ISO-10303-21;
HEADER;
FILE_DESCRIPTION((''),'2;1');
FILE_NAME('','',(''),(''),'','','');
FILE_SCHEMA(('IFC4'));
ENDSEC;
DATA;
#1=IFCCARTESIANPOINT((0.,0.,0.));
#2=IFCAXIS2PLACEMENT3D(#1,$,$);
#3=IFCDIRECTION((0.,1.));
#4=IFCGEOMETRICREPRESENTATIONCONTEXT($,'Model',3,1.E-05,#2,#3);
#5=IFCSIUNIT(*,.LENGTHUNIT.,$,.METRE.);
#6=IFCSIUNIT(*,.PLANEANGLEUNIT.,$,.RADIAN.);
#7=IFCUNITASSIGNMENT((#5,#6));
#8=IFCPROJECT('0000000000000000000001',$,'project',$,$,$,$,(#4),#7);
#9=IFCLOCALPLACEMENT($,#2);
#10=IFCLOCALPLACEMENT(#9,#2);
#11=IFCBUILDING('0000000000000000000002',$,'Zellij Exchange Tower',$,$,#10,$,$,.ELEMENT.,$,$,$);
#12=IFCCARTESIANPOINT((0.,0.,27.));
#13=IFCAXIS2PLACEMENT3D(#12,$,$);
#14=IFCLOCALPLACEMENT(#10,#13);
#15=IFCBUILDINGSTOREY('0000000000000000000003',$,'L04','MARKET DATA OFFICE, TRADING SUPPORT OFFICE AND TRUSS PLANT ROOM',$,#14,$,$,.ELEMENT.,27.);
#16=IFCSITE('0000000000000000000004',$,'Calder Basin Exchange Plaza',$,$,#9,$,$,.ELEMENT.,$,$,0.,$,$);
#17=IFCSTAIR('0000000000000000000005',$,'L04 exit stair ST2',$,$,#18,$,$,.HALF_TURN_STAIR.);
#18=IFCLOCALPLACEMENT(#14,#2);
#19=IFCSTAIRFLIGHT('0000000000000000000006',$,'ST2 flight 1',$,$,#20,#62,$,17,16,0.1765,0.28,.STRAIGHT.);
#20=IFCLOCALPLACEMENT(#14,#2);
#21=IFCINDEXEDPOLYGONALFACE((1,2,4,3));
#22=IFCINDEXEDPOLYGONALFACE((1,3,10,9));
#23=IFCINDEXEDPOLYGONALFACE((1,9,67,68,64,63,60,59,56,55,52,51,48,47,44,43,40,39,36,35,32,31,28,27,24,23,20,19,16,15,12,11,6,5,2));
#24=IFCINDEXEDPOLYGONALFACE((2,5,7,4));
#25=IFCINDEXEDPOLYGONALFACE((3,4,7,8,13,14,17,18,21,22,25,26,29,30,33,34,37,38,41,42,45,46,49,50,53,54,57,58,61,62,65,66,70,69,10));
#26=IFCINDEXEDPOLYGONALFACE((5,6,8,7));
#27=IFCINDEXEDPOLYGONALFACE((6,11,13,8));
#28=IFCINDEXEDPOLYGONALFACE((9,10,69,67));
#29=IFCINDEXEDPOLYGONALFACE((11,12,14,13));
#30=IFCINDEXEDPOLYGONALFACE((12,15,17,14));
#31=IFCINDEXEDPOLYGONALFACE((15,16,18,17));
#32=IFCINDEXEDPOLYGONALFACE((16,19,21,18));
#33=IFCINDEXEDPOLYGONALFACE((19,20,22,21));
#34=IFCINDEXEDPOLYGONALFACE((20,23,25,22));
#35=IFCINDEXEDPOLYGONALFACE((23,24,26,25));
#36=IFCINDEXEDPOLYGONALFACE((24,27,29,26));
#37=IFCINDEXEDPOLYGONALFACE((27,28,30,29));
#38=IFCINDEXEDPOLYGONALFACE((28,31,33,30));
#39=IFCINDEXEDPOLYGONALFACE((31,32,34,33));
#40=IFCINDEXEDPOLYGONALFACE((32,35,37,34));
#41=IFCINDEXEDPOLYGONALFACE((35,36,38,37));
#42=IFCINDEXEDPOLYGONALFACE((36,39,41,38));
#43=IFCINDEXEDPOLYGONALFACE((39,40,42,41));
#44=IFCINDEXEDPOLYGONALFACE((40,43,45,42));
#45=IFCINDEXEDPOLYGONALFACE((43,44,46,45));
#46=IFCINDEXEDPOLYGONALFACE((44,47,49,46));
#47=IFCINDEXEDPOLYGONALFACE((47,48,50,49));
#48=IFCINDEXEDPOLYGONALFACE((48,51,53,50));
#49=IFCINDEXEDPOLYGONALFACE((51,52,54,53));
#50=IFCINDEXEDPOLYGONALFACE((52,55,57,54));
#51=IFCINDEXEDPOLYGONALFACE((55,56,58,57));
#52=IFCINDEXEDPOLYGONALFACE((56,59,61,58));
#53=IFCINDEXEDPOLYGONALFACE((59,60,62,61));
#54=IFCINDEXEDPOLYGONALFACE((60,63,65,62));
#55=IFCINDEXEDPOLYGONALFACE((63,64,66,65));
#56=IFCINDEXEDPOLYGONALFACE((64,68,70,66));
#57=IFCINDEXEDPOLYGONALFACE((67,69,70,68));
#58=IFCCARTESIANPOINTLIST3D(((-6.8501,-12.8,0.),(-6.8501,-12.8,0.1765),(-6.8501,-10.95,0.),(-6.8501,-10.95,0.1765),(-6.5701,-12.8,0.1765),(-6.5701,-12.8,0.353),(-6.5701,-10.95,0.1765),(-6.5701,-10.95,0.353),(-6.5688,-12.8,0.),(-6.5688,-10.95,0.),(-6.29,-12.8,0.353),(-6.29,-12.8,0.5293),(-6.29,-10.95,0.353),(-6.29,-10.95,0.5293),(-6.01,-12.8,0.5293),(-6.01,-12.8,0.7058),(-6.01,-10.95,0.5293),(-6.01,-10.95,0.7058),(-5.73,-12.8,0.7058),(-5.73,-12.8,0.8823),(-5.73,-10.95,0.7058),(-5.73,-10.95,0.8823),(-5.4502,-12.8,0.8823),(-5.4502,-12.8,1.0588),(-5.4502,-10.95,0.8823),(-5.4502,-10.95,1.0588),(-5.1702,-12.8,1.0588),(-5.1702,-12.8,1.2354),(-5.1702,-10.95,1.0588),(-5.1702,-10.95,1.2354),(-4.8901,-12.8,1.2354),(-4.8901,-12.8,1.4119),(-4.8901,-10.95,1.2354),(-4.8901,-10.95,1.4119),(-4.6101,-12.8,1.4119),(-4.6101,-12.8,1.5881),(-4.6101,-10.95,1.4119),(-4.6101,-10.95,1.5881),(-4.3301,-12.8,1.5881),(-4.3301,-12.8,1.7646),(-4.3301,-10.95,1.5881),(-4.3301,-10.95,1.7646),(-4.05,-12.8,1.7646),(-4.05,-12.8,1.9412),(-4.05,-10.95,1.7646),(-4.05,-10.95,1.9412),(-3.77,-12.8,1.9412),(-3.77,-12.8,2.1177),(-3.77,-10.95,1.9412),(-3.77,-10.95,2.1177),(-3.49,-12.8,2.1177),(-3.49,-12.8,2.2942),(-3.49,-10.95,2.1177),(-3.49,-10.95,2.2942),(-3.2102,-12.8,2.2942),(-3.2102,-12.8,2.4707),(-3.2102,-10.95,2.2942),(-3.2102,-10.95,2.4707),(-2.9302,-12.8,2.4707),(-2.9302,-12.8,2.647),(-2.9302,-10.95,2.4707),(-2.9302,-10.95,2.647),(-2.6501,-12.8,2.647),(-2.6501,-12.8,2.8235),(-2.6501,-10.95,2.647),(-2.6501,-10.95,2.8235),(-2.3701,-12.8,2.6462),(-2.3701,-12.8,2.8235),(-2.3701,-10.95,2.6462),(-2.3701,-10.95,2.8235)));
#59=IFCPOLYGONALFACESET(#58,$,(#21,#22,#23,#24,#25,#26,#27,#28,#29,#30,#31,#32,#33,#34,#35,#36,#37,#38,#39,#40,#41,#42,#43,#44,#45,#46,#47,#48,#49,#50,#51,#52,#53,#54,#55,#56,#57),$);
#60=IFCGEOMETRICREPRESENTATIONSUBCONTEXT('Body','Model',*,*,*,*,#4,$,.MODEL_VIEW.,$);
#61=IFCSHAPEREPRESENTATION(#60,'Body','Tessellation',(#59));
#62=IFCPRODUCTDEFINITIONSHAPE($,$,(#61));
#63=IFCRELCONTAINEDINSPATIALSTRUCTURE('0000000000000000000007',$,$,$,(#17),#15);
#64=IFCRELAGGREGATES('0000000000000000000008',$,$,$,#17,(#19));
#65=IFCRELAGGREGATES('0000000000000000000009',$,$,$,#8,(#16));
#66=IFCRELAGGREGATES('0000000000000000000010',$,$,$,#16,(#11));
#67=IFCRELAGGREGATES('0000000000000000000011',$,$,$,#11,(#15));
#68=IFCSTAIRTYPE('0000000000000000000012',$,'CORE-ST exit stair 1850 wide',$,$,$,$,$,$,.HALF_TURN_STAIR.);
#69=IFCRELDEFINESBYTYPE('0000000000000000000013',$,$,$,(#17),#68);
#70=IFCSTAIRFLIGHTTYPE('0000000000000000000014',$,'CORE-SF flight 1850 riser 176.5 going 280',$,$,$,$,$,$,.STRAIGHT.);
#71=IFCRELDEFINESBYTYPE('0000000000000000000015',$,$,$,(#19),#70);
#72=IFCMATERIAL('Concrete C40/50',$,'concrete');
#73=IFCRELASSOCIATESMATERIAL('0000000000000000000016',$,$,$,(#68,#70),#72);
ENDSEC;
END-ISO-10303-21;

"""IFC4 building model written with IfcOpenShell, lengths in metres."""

from ifc_helpers import new_model, si_unit, direction, frame, origin, place, context, subcontext, project, spatial, polyline, outline, extrude, material, type_object, element, aggregate, save


model = new_model("IFC4")

# Units and contexts
model_context = context("Model", 3, precision=1e-05, world=origin(), true_north=direction((0.0, 1.0)))
body_context = subcontext(model_context, "Body", "Model", "MODEL_VIEW")
ifc_project = project(units=[si_unit("LENGTHUNIT", "METRE"), si_unit("PLANEANGLEUNIT", "RADIAN")], contexts=[model_context])

# Site, building, storey
site_placement = place(None, origin())
site = spatial("IfcSite", under=ifc_project, at=site_placement, Name="Calder Basin Exchange Plaza", CompositionType="ELEMENT", RefElevation=0.0)
building_placement = place(site_placement, origin())
building = spatial("IfcBuilding", under=site, at=building_placement, Name="Zellij Exchange Tower", CompositionType="ELEMENT")
storey_placement = place(building_placement, frame((0.0, 0.0, 27.0)))
storey = spatial("IfcBuildingStorey", under=building, at=storey_placement, Name="L04", Description="MARKET DATA OFFICE, TRADING SUPPORT OFFICE AND TRUSS PLANT ROOM", CompositionType="ELEMENT", Elevation=27.0)

# Stair, stair flight
ifc_material_1 = material(Name="Concrete C40/50", Category="concrete")
stair_type = type_object("IfcStairType", Name="CORE-ST exit stair 1850 wide", PredefinedType="HALF_TURN_STAIR", material=ifc_material_1)
stair_placement = place(storey_placement, origin())
stair = element("IfcStair", 1, at=stair_placement, inside=storey, type_object=stair_type, Name="L04 exit stair ST2", PredefinedType="HALF_TURN_STAIR")
stair_flight_type = type_object("IfcStairFlightType", Name="CORE-SF flight 1850 riser 176.5 going 280", PredefinedType="STRAIGHT", material=ifc_material_1)
stair_flight_placement = place(storey_placement, frame((-6.8501, -11.875, 0.0), z_axis=(0.0, 0.0, 1.0), x_axis=(1.0, 0.0, 0.0)))
stair_flight = element("IfcStairFlight", 2, at=stair_flight_placement, type_object=stair_flight_type, Name="ST2 flight 1", NumberOfRisers=17, NumberOfTreads=16, PredefinedType="STRAIGHT", RiserHeight=0.1765, TreadLength=0.28, context=body_context, shape_type="SweptSolid", body=[
    extrude(outline(polyline([(0.0, 0.0), (0.0, 0.1765), (0.28, 0.1765), (0.28, 0.353), (0.5601, 0.353), (0.5601, 0.5293), (0.8401, 0.5293), (0.8401, 0.7058), (1.1201, 0.7058), (1.1201, 0.8823), (1.3999, 0.8823), (1.3999, 1.0588), (1.6799, 1.0588), (1.6799, 1.2354), (1.96, 1.2354), (1.96, 1.4119), (2.24, 1.4119), (2.24, 1.5881), (2.52, 1.5881), (2.52, 1.7646), (2.8, 1.7646), (2.8, 1.9412), (3.0801, 1.9412), (3.0801, 2.1177), (3.3601, 2.1177), (3.3601, 2.2942), (3.6399, 2.2942), (3.6399, 2.4707), (3.9199, 2.4707), (3.9199, 2.647), (4.2, 2.647), (4.2, 2.8235), (4.48, 2.8235), (4.48, 3.0), (4.48, 2.6462), (0.2812, 0.0), (0.0, 0.0)])), frame((0.0, 0.925, 0.0), z_axis=(0.0, -1.0, 0.0), x_axis=(1.0, 0.0, 0.0)), (0.0, 0.0, 1.0), 1.8501),
])
aggregate(stair, [stair_flight])

save(model, "model.ifc")
